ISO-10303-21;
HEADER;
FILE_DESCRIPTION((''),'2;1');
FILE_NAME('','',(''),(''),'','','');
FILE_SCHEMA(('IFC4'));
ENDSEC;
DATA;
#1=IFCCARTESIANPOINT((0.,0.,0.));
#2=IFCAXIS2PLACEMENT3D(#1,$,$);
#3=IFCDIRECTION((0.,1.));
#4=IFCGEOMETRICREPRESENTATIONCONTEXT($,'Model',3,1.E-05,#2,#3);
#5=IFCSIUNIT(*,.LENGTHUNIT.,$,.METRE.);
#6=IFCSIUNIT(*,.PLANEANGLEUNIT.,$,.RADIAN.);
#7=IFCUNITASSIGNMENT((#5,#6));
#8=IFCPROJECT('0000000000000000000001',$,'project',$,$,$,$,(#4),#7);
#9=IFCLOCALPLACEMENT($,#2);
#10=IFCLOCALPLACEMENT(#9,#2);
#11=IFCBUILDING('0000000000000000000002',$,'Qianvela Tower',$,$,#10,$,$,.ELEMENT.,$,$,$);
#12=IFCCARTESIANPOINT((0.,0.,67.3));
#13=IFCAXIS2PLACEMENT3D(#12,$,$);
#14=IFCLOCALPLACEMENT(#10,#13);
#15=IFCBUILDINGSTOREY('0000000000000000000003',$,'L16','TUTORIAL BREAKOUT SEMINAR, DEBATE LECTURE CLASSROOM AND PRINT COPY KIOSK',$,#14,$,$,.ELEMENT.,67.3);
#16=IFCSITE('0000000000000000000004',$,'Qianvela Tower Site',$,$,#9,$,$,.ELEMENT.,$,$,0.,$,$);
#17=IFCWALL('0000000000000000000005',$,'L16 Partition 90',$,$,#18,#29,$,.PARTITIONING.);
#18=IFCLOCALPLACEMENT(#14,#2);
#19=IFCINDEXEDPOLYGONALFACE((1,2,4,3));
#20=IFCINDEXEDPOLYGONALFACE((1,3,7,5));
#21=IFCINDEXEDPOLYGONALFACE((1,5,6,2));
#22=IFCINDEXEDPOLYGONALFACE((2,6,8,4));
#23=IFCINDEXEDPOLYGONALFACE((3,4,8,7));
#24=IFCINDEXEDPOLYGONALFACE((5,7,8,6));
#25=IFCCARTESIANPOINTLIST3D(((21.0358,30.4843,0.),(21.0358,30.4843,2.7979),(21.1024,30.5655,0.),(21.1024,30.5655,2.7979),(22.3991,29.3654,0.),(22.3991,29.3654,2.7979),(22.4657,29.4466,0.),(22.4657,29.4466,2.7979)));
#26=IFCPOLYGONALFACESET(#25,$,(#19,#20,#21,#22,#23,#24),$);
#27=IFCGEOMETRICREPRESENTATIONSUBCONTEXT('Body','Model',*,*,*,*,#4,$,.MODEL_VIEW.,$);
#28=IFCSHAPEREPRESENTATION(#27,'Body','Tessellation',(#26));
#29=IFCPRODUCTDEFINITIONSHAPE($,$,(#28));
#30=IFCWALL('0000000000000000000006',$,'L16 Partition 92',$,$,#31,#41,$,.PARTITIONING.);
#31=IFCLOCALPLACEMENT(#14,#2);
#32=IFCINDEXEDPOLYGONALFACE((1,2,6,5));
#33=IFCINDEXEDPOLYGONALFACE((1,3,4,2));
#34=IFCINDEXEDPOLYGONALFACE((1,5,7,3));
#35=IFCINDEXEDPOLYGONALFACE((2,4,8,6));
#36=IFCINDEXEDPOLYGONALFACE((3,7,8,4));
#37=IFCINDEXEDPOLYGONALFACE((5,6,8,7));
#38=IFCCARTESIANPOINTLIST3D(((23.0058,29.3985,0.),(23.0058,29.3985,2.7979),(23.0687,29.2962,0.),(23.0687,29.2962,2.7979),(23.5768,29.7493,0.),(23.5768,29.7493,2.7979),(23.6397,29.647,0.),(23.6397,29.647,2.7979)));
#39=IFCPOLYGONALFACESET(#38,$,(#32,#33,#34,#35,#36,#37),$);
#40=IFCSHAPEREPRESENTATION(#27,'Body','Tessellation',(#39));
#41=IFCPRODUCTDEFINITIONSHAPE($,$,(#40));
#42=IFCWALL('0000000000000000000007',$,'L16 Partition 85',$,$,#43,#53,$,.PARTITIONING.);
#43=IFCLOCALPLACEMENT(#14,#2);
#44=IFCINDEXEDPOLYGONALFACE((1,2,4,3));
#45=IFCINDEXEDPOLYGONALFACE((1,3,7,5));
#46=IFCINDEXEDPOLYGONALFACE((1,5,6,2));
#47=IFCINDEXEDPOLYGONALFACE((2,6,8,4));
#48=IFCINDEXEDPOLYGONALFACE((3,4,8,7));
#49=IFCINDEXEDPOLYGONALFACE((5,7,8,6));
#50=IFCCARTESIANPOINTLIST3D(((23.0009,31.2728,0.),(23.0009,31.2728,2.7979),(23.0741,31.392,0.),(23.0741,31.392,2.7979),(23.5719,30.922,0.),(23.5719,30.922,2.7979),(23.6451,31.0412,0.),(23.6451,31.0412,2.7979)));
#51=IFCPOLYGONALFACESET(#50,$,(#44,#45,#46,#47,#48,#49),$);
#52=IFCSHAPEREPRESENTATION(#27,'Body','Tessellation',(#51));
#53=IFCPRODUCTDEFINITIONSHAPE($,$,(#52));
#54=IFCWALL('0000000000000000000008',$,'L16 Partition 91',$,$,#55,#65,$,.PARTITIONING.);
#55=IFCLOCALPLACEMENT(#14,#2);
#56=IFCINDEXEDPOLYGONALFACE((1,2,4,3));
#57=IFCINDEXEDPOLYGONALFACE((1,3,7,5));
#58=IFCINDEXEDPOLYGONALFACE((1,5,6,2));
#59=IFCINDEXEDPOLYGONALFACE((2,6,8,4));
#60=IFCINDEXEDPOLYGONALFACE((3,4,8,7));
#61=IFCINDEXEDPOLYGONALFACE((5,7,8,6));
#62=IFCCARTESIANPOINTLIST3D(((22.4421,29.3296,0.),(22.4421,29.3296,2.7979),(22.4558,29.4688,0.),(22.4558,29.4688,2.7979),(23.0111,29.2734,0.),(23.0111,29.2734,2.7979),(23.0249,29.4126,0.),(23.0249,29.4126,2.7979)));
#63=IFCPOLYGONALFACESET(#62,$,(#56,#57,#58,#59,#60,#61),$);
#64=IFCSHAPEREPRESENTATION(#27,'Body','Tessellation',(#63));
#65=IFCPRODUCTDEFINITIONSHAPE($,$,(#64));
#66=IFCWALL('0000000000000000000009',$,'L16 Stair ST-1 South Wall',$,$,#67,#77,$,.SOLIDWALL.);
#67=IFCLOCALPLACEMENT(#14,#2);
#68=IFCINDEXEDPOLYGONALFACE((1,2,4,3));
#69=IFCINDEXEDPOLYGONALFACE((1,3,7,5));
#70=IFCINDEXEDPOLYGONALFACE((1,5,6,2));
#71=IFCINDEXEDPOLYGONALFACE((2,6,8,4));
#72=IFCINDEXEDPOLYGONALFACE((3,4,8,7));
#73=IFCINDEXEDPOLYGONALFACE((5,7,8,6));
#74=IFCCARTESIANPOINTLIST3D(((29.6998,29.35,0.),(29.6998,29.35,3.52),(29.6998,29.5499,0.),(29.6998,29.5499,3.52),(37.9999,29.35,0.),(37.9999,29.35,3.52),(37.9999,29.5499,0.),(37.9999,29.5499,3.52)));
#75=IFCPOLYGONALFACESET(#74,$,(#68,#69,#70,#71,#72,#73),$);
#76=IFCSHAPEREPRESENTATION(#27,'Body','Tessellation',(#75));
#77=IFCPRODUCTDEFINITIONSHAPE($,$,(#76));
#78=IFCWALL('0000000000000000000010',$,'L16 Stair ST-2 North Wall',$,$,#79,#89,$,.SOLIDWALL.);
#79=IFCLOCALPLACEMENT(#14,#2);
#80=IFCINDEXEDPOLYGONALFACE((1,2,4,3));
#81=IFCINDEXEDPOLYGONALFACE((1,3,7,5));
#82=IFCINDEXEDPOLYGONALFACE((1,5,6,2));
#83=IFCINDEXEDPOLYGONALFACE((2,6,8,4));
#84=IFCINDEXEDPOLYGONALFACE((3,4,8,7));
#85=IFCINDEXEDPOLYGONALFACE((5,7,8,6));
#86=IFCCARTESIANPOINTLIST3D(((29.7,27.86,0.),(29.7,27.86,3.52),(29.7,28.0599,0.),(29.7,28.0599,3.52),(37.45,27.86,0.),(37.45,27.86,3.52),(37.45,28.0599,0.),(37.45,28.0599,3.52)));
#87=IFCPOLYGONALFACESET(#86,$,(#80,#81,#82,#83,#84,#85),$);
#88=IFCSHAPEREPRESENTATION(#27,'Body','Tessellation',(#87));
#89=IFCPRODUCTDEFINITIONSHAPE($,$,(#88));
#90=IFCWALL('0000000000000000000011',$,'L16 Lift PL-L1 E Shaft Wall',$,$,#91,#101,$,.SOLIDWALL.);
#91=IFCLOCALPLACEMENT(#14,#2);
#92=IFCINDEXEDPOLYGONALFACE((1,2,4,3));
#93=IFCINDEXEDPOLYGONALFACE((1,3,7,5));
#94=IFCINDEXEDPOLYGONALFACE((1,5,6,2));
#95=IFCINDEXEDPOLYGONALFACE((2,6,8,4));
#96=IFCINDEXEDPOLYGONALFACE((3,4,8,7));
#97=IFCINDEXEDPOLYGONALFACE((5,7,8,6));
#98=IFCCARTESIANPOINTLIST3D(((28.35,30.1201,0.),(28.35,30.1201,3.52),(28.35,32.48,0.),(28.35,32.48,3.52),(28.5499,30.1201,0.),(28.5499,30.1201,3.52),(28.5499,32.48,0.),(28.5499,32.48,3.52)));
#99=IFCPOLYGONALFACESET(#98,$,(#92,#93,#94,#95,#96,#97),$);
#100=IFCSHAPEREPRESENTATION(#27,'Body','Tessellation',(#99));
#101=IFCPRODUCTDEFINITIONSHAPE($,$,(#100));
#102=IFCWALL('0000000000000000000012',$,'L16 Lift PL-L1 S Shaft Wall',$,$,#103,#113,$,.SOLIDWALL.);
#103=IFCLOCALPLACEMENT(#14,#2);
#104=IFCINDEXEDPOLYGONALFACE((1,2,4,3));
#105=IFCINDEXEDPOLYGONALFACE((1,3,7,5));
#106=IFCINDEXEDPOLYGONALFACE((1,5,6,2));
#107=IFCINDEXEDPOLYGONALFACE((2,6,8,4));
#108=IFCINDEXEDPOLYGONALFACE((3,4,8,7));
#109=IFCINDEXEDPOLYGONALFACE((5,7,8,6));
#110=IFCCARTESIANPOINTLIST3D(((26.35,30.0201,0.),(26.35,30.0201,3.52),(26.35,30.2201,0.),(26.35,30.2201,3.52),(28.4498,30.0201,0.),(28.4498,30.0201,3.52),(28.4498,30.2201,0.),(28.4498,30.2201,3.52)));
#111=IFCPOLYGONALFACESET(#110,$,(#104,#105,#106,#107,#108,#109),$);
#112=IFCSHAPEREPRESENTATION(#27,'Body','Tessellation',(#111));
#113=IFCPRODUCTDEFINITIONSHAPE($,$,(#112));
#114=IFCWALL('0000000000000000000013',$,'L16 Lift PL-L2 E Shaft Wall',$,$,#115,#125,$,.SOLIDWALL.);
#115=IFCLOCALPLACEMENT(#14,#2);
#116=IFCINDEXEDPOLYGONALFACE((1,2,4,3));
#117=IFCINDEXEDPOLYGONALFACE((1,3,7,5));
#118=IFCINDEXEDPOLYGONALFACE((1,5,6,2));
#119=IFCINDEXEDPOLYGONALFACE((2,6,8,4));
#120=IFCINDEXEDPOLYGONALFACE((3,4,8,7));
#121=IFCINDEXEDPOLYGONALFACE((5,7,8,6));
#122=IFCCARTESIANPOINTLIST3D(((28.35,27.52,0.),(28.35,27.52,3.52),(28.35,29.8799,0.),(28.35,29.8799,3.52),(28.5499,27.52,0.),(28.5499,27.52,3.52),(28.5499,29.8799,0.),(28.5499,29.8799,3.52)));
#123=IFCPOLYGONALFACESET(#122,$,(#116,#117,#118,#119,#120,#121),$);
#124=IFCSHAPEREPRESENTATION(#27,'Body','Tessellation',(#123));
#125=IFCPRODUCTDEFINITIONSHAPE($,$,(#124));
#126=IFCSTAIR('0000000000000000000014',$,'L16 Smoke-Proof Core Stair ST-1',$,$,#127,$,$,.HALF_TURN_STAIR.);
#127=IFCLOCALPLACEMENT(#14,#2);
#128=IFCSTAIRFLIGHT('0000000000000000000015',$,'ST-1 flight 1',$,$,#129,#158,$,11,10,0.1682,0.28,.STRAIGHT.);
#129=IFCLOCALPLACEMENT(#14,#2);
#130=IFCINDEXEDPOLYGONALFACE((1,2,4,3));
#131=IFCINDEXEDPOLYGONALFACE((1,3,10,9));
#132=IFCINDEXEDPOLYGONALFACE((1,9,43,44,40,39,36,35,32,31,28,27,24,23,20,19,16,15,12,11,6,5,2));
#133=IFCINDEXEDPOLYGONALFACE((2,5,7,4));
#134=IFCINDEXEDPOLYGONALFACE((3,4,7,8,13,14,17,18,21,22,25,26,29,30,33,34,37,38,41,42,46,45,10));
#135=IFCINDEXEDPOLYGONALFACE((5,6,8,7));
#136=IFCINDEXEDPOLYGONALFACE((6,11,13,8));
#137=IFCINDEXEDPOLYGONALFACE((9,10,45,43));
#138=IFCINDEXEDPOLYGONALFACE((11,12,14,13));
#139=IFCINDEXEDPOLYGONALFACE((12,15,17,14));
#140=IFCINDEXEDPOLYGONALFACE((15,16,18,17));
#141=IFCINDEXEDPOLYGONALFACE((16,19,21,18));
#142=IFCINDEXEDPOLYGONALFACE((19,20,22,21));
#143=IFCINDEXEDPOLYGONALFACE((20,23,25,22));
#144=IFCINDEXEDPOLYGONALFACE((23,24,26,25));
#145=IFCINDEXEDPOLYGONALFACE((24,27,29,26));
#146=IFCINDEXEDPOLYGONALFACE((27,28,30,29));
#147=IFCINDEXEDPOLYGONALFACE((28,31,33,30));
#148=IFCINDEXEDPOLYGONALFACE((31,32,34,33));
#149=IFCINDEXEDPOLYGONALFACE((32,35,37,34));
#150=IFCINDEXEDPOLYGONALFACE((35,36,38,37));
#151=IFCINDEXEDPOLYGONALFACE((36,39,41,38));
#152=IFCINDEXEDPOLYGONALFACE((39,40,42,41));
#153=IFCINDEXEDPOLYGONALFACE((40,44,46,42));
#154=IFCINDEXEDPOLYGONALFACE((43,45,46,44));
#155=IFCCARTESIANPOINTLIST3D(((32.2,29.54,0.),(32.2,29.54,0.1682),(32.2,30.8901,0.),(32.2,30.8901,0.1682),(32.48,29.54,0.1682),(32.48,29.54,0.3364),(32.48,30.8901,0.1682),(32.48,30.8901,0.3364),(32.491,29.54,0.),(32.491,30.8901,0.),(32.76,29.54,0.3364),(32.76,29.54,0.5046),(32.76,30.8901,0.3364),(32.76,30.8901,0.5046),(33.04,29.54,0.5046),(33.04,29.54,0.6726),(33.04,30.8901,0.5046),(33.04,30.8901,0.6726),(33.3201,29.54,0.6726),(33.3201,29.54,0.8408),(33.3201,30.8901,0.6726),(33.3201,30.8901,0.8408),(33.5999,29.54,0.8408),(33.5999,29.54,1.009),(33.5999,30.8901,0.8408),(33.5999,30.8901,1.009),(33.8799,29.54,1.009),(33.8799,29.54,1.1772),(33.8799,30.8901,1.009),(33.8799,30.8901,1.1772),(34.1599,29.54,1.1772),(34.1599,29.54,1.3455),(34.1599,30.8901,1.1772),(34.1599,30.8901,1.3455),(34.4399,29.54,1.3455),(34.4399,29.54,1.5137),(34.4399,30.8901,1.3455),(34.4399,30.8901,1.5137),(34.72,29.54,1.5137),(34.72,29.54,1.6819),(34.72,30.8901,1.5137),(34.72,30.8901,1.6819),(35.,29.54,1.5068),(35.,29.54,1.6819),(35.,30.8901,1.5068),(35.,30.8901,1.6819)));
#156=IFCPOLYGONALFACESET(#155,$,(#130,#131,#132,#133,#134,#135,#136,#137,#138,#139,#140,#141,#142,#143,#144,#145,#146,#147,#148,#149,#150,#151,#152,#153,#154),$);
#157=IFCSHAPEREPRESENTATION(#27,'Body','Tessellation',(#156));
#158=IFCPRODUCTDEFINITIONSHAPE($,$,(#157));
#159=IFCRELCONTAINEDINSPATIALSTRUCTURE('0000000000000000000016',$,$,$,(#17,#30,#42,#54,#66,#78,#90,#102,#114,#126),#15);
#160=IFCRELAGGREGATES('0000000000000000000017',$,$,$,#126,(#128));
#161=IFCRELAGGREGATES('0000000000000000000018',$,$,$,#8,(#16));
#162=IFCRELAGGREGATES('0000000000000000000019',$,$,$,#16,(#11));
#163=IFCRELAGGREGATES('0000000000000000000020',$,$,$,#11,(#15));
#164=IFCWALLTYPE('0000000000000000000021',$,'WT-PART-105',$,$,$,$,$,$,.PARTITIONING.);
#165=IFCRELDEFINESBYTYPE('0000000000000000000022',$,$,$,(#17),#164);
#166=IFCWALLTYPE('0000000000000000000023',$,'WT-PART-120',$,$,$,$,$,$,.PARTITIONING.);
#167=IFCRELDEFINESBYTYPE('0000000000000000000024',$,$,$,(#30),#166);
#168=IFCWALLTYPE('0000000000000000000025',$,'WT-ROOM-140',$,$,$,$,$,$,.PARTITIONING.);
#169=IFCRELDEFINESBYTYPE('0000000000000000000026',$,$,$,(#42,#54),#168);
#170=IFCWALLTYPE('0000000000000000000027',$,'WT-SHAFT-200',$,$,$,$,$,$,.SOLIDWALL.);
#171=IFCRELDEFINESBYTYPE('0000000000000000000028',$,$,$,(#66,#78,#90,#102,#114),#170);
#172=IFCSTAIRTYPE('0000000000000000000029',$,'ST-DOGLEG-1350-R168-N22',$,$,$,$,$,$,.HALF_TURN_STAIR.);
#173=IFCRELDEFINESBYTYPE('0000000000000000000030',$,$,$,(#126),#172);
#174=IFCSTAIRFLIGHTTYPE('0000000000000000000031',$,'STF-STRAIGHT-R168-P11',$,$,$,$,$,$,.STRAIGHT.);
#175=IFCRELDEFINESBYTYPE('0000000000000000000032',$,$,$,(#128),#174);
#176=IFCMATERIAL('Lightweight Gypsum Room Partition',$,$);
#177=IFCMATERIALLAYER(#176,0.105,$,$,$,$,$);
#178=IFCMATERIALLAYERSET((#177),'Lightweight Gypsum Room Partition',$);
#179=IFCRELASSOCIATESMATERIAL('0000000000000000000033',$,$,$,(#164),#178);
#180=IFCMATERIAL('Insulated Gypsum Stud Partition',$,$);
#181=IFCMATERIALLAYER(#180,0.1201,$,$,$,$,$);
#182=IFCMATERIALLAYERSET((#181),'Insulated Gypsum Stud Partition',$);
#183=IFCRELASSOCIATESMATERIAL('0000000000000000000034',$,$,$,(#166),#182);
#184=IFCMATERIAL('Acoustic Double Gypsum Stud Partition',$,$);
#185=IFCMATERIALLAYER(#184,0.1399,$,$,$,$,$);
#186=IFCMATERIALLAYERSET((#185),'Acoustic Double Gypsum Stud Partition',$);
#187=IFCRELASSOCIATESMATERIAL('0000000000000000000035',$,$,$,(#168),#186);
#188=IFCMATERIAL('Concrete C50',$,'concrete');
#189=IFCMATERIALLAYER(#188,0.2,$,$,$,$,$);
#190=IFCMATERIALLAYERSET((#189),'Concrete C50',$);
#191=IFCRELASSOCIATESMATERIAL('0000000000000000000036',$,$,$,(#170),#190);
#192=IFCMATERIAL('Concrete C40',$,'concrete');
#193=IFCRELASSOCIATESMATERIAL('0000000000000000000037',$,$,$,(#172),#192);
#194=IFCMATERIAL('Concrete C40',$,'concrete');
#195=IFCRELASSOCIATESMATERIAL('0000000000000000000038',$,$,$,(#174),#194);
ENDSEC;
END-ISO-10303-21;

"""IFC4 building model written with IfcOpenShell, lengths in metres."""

from ifc_helpers import new_model, si_unit, direction, frame, frame_2d, origin, place, context, subcontext, project, spatial, polyline, rectangle, outline, extrude, material, layer, layer_set, type_object, element, aggregate, save


model = new_model("IFC4")

# Units and contexts
model_context = context("Model", 3, precision=1e-05, world=origin(), true_north=direction((0.0, 1.0)))
body_context = subcontext(model_context, "Body", "Model", "MODEL_VIEW")
ifc_project = project(units=[si_unit("LENGTHUNIT", "METRE"), si_unit("PLANEANGLEUNIT", "RADIAN")], contexts=[model_context])

# Site, building, storey
site_placement = place(None, origin())
site = spatial("IfcSite", under=ifc_project, at=site_placement, Name="Qianvela Tower Site", CompositionType="ELEMENT", RefElevation=0.0)
building_placement = place(site_placement, origin())
building = spatial("IfcBuilding", under=site, at=building_placement, Name="Qianvela Tower", CompositionType="ELEMENT")
storey_placement = place(building_placement, frame((0.0, 0.0, 67.3)))
storey = spatial("IfcBuildingStorey", under=building, at=storey_placement, Name="L16", Description="TUTORIAL BREAKOUT SEMINAR, DEBATE LECTURE CLASSROOM AND PRINT COPY KIOSK", CompositionType="ELEMENT", Elevation=67.3)

# Walls
ifc_material_1 = material(Name="Lightweight Gypsum Room Partition")
ifc_layer_1 = layer(ifc_material_1, 0.105)
ifc_layer_set_1 = layer_set([ifc_layer_1], Name="Lightweight Gypsum Room Partition")
wall_type_1 = type_object("IfcWallType", Name="WT-PART-105", PredefinedType="PARTITIONING", material=ifc_layer_set_1)
wall_1_placement = place(storey_placement, frame((21.0691, 30.5249, 0.0), z_axis=(0.0, 0.0, 1.0), x_axis=(0.772988, -0.634421, 0.0)))
element("IfcWall", 1, at=wall_1_placement, inside=storey, type_object=wall_type_1, Name="L16 Partition 90", PredefinedType="PARTITIONING", context=body_context, shape_type="SweptSolid", body=[
    extrude(rectangle(XDim=1.7637, YDim=0.105, at=frame_2d((0.8818, 0.0))), origin(), (0.0, 0.0, 1.0), 2.7979),
])
ifc_material_2 = material(Name="Insulated Gypsum Stud Partition")
ifc_layer_2 = layer(ifc_material_2, 0.1201)
ifc_layer_set_2 = layer_set([ifc_layer_2], Name="Insulated Gypsum Stud Partition")
wall_type_2 = type_object("IfcWallType", Name="WT-PART-120", PredefinedType="PARTITIONING", material=ifc_layer_set_2)
wall_2_placement = place(storey_placement, frame((23.0374, 29.3474, 0.0), z_axis=(0.0, 0.0, 1.0), x_axis=(0.852046, 0.523467, 0.0)))
element("IfcWall", 2, at=wall_2_placement, inside=storey, type_object=wall_type_2, Name="L16 Partition 92", PredefinedType="PARTITIONING", context=body_context, shape_type="SweptSolid", body=[
    extrude(rectangle(XDim=0.6702, YDim=0.1201, at=frame_2d((0.335, 0.0))), origin(), (0.0, 0.0, 1.0), 2.7979),
])
ifc_material_3 = material(Name="Acoustic Double Gypsum Stud Partition")
ifc_layer_3 = layer(ifc_material_3, 0.1399)
ifc_layer_set_3 = layer_set([ifc_layer_3], Name="Acoustic Double Gypsum Stud Partition")
wall_type_3 = type_object("IfcWallType", Name="WT-ROOM-140", PredefinedType="PARTITIONING", material=ifc_layer_set_3)
wall_3_placement = place(storey_placement, frame((23.6084, 30.9817, 0.0), z_axis=(0.0, 0.0, 1.0), x_axis=(-0.852046, 0.523467, 0.0)))
element("IfcWall", 3, at=wall_3_placement, inside=storey, type_object=wall_type_3, Name="L16 Partition 85", PredefinedType="PARTITIONING", context=body_context, shape_type="SweptSolid", body=[
    extrude(rectangle(XDim=0.6702, YDim=0.1399, at=frame_2d((0.335, 0.0))), origin(), (0.0, 0.0, 1.0), 2.7979),
])
wall_4_placement = place(storey_placement, frame((22.449, 29.3992, 0.0), z_axis=(0.0, 0.0, 1.0), x_axis=(0.995167, -0.098193, 0.0)))
element("IfcWall", 4, at=wall_4_placement, inside=storey, type_object=wall_type_3, Name="L16 Partition 91", PredefinedType="PARTITIONING", context=body_context, shape_type="SweptSolid", body=[
    extrude(rectangle(XDim=0.5718, YDim=0.1399, at=frame_2d((0.2859, 0.0))), origin(), (0.0, 0.0, 1.0), 2.7979),
])
ifc_material_4 = material(Name="Concrete C50", Category="concrete")
ifc_layer_4 = layer(ifc_material_4, 0.2)
ifc_layer_set_4 = layer_set([ifc_layer_4], Name="Concrete C50")
wall_type_4 = type_object("IfcWallType", Name="WT-SHAFT-200", PredefinedType="SOLIDWALL", material=ifc_layer_set_4)
wall_5_placement = place(storey_placement, frame((29.7, 29.45, 0.0), z_axis=(0.0, 0.0, 1.0), x_axis=(1.0, 0.0, 0.0)))
element("IfcWall", 5, at=wall_5_placement, inside=storey, type_object=wall_type_4, Name="L16 Stair ST-1 South Wall", PredefinedType="SOLIDWALL", context=body_context, shape_type="SweptSolid", body=[
    extrude(rectangle(XDim=8.3, YDim=0.2, at=frame_2d((4.1499, 0.0))), origin(), (0.0, 0.0, 1.0), 3.52),
])
wall_6_placement = place(storey_placement, frame((29.7, 27.96, 0.0), z_axis=(0.0, 0.0, 1.0), x_axis=(1.0, 0.0, 0.0)))
element("IfcWall", 6, at=wall_6_placement, inside=storey, type_object=wall_type_4, Name="L16 Stair ST-2 North Wall", PredefinedType="SOLIDWALL", context=body_context, shape_type="SweptSolid", body=[
    extrude(rectangle(XDim=7.75, YDim=0.2, at=frame_2d((3.875, 0.0))), origin(), (0.0, 0.0, 1.0), 3.52),
])
wall_7_placement = place(storey_placement, frame((28.45, 30.1201, 0.0), z_axis=(0.0, 0.0, 1.0), x_axis=(0.0, 1.0, 0.0)))
element("IfcWall", 7, at=wall_7_placement, inside=storey, type_object=wall_type_4, Name="L16 Lift PL-L1 E Shaft Wall", PredefinedType="SOLIDWALL", context=body_context, shape_type="SweptSolid", body=[
    extrude(rectangle(XDim=2.3599, YDim=0.2, at=frame_2d((1.1799, 0.0))), origin(), (0.0, 0.0, 1.0), 3.52),
])

# Walls
wall_8_placement = place(storey_placement, frame((26.3501, 30.1201, 0.0), z_axis=(0.0, 0.0, 1.0), x_axis=(1.0, 0.0, 0.0)))
element("IfcWall", 8, at=wall_8_placement, inside=storey, type_object=wall_type_4, Name="L16 Lift PL-L1 S Shaft Wall", PredefinedType="SOLIDWALL", context=body_context, shape_type="SweptSolid", body=[
    extrude(rectangle(XDim=2.0999, YDim=0.2, at=frame_2d((1.0498, 0.0))), origin(), (0.0, 0.0, 1.0), 3.52),
])
wall_9_placement = place(storey_placement, frame((28.45, 27.52, 0.0), z_axis=(0.0, 0.0, 1.0), x_axis=(0.0, 1.0, 0.0)))
element("IfcWall", 9, at=wall_9_placement, inside=storey, type_object=wall_type_4, Name="L16 Lift PL-L2 E Shaft Wall", PredefinedType="SOLIDWALL", context=body_context, shape_type="SweptSolid", body=[
    extrude(rectangle(XDim=2.3599, YDim=0.2, at=frame_2d((1.1799, 0.0))), origin(), (0.0, 0.0, 1.0), 3.52),
])

# Stair, stair flight
ifc_material_5 = material(Name="Concrete C40", Category="concrete")
stair_type = type_object("IfcStairType", Name="ST-DOGLEG-1350-R168-N22", PredefinedType="HALF_TURN_STAIR", material=ifc_material_5)
stair_placement = place(storey_placement, origin())
stair = element("IfcStair", 10, at=stair_placement, inside=storey, type_object=stair_type, Name="L16 Smoke-Proof Core Stair ST-1", PredefinedType="HALF_TURN_STAIR")
ifc_material_6 = material(Name="Concrete C40", Category="concrete")
stair_flight_type = type_object("IfcStairFlightType", Name="STF-STRAIGHT-R168-P11", PredefinedType="STRAIGHT", material=ifc_material_6)
stair_flight_placement = place(storey_placement, frame((32.2, 30.2151, 0.0), z_axis=(0.0, 0.0, 1.0), x_axis=(1.0, 0.0, 0.0)))
stair_flight = element("IfcStairFlight", 11, at=stair_flight_placement, type_object=stair_flight_type, Name="ST-1 flight 1", NumberOfRisers=11, NumberOfTreads=10, PredefinedType="STRAIGHT", RiserHeight=0.1682, TreadLength=0.28, context=body_context, shape_type="SweptSolid", body=[
    extrude(outline(polyline([(0.0, 0.0), (0.0, 0.1682), (0.28, 0.1682), (0.28, 0.3364), (0.5601, 0.3364), (0.5601, 0.5046), (0.8401, 0.5046), (0.8401, 0.6726), (1.1201, 0.6726), (1.1201, 0.8408), (1.3999, 0.8408), (1.3999, 1.009), (1.6799, 1.009), (1.6799, 1.1772), (1.96, 1.1772), (1.96, 1.3455), (2.24, 1.3455), (2.24, 1.5137), (2.52, 1.5137), (2.52, 1.6819), (2.8, 1.6819), (2.8, 1.8501), (2.8, 1.5068), (0.291, 0.0), (0.0, 0.0)])), frame((0.0, 0.675, 0.0), z_axis=(0.0, -1.0, 0.0), x_axis=(1.0, 0.0, 0.0)), (0.0, 0.0, 1.0), 1.3501),
])
aggregate(stair, [stair_flight])

save(model, "model.ifc")
